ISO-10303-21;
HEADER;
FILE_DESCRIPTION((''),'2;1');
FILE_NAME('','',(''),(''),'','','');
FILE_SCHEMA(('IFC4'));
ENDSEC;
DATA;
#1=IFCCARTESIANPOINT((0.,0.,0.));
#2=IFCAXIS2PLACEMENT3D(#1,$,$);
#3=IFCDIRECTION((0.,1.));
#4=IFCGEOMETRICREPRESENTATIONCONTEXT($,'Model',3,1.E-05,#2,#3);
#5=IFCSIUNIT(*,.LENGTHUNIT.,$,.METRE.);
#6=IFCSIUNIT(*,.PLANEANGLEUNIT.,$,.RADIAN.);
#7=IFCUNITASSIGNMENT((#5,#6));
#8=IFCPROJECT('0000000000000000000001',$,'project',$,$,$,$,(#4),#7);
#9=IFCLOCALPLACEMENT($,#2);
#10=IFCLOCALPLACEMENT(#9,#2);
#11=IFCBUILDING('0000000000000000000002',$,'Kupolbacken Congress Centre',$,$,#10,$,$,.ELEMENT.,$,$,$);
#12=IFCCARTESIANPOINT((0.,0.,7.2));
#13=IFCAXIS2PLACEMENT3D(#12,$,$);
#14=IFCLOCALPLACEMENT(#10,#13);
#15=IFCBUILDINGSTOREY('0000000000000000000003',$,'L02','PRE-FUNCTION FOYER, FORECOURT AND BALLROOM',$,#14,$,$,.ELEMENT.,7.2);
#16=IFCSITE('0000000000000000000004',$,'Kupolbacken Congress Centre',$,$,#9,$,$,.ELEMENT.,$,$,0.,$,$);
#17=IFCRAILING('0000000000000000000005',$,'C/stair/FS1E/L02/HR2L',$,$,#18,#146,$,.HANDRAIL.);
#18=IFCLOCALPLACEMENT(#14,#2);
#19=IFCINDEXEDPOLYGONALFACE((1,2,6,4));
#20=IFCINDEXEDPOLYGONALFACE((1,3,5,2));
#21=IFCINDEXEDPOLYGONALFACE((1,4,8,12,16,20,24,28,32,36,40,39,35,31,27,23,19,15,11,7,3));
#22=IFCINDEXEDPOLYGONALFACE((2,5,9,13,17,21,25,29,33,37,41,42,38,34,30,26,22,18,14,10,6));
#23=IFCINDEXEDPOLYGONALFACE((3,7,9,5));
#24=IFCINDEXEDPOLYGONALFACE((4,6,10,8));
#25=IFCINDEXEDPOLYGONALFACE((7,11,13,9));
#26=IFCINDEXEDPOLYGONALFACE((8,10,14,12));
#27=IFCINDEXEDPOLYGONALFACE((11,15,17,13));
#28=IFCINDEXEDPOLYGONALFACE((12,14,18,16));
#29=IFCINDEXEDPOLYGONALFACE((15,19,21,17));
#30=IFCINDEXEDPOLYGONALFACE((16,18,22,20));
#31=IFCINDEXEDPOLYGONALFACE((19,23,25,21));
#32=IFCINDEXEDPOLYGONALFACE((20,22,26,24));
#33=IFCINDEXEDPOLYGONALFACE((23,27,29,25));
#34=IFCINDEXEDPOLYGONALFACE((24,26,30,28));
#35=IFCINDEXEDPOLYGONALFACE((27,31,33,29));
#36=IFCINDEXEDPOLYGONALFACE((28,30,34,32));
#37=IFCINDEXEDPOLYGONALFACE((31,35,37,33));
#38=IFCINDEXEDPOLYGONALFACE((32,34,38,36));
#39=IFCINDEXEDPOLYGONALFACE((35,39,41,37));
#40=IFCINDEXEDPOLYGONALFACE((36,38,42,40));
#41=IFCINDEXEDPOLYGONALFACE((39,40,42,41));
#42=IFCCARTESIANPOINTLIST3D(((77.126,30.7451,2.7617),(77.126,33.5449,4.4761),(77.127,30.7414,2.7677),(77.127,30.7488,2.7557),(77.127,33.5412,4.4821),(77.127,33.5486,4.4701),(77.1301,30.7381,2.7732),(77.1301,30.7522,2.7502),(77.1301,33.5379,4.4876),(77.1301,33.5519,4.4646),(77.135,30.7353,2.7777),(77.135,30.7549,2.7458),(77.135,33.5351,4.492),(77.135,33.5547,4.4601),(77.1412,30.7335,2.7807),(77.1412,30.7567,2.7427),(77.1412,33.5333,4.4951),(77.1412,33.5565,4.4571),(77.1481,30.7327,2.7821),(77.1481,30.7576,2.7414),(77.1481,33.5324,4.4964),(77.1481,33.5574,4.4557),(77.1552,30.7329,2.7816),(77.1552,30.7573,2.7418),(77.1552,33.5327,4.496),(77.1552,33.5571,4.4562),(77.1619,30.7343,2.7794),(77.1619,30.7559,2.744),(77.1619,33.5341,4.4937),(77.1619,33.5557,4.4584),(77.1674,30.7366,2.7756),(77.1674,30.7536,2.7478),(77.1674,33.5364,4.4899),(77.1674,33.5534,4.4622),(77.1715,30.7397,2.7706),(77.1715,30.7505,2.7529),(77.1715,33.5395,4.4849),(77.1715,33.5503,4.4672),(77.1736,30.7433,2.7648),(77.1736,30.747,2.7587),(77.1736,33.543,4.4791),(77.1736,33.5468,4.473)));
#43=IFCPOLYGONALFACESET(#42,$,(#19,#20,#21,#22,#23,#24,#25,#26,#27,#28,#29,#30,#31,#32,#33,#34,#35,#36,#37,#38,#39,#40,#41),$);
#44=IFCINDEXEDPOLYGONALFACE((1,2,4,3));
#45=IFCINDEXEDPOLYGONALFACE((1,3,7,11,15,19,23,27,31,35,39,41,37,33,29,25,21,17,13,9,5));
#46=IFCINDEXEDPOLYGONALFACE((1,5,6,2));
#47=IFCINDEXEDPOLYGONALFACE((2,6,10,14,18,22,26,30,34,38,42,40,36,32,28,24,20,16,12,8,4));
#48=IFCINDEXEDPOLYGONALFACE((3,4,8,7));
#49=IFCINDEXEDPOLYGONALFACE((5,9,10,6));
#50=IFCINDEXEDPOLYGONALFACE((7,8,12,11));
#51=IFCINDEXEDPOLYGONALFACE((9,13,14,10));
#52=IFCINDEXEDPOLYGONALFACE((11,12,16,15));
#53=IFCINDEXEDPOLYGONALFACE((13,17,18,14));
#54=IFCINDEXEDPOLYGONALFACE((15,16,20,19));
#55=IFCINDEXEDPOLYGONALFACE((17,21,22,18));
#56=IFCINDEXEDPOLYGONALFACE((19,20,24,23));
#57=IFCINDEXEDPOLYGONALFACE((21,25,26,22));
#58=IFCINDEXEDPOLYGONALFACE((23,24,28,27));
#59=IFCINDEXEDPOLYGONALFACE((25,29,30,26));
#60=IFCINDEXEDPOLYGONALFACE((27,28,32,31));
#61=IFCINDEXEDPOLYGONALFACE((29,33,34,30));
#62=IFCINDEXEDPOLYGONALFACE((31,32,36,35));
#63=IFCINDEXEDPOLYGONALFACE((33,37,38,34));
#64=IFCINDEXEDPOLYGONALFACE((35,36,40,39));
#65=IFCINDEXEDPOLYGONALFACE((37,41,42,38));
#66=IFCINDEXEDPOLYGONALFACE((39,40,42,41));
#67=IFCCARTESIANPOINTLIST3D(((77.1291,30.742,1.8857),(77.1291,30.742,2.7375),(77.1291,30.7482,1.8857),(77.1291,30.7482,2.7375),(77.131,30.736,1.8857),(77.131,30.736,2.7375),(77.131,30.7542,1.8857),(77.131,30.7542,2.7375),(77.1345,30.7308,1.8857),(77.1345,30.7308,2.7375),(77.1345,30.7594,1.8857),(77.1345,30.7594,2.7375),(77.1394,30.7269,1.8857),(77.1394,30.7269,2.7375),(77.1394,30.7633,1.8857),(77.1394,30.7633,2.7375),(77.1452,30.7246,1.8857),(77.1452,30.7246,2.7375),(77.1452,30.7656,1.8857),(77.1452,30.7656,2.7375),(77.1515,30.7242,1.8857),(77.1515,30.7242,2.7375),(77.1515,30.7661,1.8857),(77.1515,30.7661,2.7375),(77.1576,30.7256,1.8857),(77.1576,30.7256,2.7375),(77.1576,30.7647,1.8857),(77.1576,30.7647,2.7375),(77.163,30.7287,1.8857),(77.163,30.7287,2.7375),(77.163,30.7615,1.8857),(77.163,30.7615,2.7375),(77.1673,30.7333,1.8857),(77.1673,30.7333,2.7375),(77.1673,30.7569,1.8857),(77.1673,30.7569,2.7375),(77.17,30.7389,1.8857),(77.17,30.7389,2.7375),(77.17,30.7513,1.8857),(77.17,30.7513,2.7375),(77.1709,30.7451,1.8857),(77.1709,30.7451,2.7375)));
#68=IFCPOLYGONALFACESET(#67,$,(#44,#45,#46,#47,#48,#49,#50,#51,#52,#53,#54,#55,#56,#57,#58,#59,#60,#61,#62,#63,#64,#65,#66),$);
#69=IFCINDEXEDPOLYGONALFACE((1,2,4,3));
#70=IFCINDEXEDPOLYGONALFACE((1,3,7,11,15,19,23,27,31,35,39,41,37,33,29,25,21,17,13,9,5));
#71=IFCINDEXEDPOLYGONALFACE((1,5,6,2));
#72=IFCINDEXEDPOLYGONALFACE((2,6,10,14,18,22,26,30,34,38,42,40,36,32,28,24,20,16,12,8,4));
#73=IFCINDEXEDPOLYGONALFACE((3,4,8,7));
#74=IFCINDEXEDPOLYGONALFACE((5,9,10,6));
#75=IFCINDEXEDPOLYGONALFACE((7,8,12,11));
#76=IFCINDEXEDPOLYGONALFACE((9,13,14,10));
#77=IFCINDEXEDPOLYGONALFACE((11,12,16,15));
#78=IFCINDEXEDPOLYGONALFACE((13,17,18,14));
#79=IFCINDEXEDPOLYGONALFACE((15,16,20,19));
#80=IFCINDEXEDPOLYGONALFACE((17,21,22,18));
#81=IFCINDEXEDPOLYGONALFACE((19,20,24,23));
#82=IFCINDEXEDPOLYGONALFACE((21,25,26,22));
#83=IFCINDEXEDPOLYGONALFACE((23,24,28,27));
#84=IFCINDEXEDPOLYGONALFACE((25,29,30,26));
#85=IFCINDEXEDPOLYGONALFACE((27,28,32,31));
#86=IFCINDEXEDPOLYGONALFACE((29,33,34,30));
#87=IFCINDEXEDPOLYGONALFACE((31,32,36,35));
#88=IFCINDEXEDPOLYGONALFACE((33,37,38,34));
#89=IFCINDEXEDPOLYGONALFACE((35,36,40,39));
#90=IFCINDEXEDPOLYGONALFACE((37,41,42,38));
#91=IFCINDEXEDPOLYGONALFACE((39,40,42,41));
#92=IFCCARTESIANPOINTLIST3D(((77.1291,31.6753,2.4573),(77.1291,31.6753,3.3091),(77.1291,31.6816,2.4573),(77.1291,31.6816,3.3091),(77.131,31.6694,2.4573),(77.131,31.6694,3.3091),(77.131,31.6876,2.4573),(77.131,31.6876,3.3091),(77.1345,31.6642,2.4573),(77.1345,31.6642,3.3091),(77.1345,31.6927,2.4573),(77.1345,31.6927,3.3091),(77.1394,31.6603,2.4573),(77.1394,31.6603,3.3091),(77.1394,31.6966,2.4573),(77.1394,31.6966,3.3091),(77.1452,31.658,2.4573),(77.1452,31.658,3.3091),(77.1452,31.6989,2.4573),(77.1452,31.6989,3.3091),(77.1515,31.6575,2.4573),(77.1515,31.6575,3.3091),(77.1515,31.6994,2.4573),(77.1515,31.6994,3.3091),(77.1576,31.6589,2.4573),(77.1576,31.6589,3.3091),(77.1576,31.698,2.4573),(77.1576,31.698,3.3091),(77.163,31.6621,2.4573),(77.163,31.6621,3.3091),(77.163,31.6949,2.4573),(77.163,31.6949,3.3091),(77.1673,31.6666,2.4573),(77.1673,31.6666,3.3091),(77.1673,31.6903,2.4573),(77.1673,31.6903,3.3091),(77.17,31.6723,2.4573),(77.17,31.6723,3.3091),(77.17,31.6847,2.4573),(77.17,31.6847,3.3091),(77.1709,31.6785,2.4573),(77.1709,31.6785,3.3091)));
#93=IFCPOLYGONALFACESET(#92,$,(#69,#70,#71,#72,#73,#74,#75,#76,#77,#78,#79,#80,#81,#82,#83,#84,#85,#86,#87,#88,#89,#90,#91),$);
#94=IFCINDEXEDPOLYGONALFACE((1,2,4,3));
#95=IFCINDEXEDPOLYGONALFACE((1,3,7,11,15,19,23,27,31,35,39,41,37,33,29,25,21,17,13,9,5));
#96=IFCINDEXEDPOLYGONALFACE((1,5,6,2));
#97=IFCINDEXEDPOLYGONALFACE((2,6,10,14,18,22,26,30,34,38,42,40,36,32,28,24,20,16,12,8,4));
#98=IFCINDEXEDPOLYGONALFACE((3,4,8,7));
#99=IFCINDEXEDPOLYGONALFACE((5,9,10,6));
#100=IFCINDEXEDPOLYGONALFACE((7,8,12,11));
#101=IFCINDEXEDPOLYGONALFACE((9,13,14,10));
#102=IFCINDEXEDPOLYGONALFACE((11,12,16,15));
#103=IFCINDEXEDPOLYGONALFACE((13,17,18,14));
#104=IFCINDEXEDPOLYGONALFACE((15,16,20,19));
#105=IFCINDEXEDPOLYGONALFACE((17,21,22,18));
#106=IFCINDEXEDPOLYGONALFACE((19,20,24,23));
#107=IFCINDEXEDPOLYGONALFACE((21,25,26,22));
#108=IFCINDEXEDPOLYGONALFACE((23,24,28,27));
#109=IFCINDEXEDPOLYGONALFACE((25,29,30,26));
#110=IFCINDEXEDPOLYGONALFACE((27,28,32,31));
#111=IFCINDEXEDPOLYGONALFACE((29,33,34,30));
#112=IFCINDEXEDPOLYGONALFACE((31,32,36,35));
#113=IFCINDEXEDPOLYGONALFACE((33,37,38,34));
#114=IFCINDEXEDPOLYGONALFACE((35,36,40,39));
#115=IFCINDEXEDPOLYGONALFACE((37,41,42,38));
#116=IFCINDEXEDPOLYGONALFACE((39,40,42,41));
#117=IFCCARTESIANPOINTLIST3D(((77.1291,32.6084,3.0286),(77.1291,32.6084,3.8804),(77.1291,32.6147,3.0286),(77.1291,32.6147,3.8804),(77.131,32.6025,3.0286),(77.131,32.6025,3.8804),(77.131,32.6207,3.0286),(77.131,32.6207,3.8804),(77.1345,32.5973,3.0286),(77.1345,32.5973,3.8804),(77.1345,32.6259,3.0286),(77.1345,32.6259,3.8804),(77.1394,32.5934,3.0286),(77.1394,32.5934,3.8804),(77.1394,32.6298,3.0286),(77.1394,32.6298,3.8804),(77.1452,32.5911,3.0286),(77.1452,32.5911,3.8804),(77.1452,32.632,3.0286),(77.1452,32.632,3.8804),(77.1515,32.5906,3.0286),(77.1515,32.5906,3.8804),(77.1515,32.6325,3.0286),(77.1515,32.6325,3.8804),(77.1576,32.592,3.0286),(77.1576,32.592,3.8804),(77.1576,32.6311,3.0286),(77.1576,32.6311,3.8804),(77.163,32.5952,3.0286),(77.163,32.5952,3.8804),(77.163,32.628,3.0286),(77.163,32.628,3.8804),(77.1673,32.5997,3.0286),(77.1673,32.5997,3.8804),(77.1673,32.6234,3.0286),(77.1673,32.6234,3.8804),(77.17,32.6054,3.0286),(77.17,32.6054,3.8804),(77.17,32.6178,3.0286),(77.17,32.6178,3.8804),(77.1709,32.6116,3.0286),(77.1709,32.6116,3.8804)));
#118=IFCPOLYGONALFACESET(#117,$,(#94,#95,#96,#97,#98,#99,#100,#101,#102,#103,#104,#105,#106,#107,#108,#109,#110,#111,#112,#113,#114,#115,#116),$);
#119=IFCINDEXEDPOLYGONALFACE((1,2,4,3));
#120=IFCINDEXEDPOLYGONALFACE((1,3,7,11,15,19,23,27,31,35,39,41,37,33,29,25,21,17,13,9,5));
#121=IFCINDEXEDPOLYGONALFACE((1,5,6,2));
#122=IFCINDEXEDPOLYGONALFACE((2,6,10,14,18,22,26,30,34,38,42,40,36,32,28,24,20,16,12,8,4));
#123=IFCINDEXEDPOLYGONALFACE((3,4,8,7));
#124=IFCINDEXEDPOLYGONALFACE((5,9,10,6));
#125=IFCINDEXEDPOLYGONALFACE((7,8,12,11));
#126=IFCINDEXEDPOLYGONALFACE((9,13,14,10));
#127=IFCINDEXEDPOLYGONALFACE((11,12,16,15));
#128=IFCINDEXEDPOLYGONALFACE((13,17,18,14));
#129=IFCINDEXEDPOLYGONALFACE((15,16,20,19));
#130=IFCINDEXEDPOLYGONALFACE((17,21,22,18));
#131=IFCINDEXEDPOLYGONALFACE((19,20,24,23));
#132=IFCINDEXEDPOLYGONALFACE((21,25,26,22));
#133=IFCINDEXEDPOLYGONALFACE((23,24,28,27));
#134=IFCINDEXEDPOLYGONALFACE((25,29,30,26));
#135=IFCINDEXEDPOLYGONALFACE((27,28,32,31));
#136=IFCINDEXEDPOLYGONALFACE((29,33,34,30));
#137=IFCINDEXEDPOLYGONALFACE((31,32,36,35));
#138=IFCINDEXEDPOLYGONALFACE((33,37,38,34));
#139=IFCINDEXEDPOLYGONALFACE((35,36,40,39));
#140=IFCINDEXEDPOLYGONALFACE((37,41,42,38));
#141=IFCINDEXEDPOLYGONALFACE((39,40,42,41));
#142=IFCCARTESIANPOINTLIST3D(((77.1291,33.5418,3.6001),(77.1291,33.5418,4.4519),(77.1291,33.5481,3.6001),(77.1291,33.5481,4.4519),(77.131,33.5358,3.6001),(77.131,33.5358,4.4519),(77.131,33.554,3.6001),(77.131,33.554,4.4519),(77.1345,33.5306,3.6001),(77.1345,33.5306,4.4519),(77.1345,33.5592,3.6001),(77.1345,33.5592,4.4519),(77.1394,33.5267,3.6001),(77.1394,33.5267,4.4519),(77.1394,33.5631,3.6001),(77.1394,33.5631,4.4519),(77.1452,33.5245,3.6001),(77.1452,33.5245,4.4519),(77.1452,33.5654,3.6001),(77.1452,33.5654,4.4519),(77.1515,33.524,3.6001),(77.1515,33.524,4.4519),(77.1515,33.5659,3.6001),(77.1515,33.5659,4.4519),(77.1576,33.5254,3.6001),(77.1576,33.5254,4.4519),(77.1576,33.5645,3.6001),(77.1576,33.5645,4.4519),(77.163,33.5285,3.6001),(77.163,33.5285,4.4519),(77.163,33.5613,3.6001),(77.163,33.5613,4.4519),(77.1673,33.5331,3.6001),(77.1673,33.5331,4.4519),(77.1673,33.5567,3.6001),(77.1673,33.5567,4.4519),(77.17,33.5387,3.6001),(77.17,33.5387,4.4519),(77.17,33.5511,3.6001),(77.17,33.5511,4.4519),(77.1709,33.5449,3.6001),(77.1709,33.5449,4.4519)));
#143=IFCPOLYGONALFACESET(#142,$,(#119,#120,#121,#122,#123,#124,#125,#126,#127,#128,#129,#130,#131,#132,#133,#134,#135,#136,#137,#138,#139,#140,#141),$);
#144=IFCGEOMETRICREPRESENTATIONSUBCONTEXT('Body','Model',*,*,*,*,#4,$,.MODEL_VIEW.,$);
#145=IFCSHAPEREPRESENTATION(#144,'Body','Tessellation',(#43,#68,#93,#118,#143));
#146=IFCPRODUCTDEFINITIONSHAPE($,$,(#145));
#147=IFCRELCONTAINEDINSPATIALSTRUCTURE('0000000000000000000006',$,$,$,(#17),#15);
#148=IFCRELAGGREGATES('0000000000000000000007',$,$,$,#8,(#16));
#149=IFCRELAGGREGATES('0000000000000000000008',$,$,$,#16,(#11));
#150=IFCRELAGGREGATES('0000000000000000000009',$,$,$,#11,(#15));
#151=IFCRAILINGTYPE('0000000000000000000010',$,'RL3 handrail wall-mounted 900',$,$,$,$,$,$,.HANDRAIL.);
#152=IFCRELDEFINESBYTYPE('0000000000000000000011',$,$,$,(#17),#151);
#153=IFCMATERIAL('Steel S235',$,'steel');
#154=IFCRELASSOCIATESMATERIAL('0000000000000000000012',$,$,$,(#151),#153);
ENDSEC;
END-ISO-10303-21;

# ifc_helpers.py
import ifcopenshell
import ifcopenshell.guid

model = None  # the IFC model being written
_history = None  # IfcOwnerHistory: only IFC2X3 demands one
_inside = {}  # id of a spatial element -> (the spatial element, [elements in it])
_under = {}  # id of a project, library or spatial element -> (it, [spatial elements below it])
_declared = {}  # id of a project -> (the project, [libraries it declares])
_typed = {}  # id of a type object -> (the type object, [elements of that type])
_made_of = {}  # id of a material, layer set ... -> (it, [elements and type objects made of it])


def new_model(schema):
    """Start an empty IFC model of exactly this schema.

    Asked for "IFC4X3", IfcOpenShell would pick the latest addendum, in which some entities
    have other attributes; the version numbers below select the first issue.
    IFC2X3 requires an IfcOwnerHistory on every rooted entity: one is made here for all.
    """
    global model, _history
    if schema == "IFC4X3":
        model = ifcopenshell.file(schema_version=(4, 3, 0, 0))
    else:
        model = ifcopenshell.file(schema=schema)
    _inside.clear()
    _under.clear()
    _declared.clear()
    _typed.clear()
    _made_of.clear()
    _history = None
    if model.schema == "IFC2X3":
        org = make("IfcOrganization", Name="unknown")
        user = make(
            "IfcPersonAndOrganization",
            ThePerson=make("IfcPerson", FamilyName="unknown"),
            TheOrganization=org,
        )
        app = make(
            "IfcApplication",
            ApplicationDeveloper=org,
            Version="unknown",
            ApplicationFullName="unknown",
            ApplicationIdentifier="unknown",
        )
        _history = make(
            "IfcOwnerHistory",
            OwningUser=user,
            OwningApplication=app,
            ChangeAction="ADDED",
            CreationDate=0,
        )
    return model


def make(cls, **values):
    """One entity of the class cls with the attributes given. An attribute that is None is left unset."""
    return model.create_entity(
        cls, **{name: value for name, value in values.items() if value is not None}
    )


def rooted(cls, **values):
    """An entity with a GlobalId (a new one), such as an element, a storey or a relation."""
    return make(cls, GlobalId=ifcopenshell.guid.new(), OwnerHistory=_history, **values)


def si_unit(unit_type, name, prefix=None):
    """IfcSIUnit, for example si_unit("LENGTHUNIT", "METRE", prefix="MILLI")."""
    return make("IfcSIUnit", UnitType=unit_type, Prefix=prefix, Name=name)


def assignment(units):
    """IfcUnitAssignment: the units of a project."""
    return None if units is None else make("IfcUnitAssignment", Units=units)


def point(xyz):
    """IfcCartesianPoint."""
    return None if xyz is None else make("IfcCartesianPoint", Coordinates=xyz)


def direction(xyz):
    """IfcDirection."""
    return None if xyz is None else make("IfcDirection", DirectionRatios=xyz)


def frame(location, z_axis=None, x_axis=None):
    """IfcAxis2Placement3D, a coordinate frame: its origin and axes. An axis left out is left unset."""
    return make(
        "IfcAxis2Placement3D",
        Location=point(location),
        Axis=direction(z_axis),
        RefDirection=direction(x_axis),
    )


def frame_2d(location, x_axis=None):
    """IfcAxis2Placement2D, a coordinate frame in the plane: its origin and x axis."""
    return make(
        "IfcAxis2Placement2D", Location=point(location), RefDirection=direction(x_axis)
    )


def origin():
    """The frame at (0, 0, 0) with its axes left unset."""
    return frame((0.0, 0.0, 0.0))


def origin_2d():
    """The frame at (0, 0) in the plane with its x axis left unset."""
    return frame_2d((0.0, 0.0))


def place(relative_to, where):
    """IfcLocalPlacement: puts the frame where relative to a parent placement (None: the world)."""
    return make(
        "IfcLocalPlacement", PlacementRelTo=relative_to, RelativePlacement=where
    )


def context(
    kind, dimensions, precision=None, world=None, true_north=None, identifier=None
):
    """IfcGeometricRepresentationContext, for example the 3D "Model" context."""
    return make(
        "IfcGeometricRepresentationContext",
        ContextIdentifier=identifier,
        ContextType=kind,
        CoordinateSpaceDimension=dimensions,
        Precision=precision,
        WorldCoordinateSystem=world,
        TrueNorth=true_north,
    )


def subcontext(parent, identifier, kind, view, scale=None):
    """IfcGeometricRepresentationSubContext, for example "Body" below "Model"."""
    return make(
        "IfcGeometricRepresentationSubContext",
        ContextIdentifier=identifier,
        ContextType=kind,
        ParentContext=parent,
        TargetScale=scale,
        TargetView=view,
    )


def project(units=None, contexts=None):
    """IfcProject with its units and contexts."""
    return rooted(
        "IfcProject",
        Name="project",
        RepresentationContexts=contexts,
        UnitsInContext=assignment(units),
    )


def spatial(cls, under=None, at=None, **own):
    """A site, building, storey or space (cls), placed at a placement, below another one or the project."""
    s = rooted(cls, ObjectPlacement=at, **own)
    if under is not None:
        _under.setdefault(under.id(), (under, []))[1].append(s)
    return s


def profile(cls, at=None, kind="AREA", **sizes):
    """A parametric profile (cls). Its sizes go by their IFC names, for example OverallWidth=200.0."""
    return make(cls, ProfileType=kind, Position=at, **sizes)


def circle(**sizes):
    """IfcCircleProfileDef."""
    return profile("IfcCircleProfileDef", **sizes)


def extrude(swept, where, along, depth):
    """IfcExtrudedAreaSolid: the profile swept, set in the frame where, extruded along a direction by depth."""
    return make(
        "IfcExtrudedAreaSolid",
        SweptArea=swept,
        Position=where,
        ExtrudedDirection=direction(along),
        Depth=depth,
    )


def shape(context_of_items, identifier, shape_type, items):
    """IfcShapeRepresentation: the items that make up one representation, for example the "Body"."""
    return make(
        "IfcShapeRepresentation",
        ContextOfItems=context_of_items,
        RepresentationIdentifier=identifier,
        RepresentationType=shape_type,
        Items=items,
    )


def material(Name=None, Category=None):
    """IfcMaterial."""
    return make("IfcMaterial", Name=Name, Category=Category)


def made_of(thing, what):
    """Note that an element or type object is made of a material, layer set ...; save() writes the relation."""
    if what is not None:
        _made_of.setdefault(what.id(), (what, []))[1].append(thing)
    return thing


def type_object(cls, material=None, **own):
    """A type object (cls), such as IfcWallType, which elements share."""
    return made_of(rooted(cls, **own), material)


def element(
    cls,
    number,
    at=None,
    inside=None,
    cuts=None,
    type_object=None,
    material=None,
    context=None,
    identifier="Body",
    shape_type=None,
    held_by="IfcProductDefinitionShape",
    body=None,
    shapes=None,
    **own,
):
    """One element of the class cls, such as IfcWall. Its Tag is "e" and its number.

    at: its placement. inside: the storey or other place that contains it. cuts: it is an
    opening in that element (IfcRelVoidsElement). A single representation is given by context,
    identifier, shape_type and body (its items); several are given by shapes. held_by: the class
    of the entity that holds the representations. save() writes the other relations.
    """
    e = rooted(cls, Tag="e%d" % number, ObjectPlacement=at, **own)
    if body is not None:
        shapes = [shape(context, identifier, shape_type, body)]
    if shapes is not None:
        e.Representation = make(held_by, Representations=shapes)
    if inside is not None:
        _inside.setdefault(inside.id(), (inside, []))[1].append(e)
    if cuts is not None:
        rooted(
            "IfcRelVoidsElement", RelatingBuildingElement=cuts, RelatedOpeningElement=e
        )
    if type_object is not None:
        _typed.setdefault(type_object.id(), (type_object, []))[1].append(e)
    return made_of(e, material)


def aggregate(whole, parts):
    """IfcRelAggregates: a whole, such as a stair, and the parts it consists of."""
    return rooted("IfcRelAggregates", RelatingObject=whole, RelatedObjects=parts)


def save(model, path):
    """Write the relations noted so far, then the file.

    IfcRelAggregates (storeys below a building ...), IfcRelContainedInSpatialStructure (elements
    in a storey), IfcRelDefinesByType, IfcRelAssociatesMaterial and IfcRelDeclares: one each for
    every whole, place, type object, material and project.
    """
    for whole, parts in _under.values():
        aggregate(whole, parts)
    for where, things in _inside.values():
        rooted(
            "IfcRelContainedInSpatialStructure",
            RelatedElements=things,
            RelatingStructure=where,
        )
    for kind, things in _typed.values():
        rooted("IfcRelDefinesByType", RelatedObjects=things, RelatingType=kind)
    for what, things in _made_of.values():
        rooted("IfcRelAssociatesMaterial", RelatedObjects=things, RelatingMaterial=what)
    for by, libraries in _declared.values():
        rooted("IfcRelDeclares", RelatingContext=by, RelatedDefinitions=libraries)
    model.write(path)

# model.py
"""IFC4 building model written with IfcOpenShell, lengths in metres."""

from ifc_helpers import new_model, si_unit, direction, frame, origin, origin_2d, place, context, subcontext, project, spatial, circle, extrude, material, type_object, element, save


model = new_model("IFC4")

# Units and contexts
model_context = context("Model", 3, precision=1e-05, world=origin(), true_north=direction((0.0, 1.0)))
body_context = subcontext(model_context, "Body", "Model", "MODEL_VIEW")
ifc_project = project(units=[si_unit("LENGTHUNIT", "METRE"), si_unit("PLANEANGLEUNIT", "RADIAN")], contexts=[model_context])

# Site, building, storey
site_placement = place(None, origin())
site = spatial("IfcSite", under=ifc_project, at=site_placement, Name="Kupolbacken Congress Centre", CompositionType="ELEMENT", RefElevation=0.0)
building_placement = place(site_placement, origin())
building = spatial("IfcBuilding", under=site, at=building_placement, Name="Kupolbacken Congress Centre", CompositionType="ELEMENT")
storey_placement = place(building_placement, frame((0.0, 0.0, 7.2)))
storey = spatial("IfcBuildingStorey", under=building, at=storey_placement, Name="L02", Description="PRE-FUNCTION FOYER, FORECOURT AND BALLROOM", CompositionType="ELEMENT", Elevation=7.2)

# Railing
ifc_material_1 = material(Name="Steel S235", Category="steel")
railing_type_1 = type_object("IfcRailingType", Name="RL3 handrail wall-mounted 900", PredefinedType="HANDRAIL", material=ifc_material_1)
for number, where, name in (
    (1, (77.1499, 30.7451, 1.8857), "C/stair/FS1E/L02/HR2L"),
):
    element("IfcRailing", number, at=place(storey_placement, frame(where)), inside=storey, type_object=railing_type_1, Name=name, PredefinedType="HANDRAIL", context=body_context, shape_type="SweptSolid", body=[
        extrude(circle(Radius=0.0239, at=origin_2d()), frame((0.0, 0.0, 0.876), z_axis=(0.0, 0.852826, 0.522196), x_axis=(-1.0, 0.0, 0.0)), (0.0, 0.0, 1.0), 3.283),
        extrude(circle(Radius=0.021, at=origin_2d()), origin(), (0.0, 0.0, 1.0), 0.8518),
        extrude(circle(Radius=0.021, at=origin_2d()), frame((0.0, 0.9333, 0.5715)), (0.0, 0.0, 1.0), 0.8518),
        extrude(circle(Radius=0.021, at=origin_2d()), frame((0.0, 1.8665, 1.1428)), (0.0, 0.0, 1.0), 0.8518),
        extrude(circle(Radius=0.021, at=origin_2d()), frame((0.0, 2.7998, 1.7144)), (0.0, 0.0, 1.0), 0.8518),
    ])

save(model, "model.ifc")
